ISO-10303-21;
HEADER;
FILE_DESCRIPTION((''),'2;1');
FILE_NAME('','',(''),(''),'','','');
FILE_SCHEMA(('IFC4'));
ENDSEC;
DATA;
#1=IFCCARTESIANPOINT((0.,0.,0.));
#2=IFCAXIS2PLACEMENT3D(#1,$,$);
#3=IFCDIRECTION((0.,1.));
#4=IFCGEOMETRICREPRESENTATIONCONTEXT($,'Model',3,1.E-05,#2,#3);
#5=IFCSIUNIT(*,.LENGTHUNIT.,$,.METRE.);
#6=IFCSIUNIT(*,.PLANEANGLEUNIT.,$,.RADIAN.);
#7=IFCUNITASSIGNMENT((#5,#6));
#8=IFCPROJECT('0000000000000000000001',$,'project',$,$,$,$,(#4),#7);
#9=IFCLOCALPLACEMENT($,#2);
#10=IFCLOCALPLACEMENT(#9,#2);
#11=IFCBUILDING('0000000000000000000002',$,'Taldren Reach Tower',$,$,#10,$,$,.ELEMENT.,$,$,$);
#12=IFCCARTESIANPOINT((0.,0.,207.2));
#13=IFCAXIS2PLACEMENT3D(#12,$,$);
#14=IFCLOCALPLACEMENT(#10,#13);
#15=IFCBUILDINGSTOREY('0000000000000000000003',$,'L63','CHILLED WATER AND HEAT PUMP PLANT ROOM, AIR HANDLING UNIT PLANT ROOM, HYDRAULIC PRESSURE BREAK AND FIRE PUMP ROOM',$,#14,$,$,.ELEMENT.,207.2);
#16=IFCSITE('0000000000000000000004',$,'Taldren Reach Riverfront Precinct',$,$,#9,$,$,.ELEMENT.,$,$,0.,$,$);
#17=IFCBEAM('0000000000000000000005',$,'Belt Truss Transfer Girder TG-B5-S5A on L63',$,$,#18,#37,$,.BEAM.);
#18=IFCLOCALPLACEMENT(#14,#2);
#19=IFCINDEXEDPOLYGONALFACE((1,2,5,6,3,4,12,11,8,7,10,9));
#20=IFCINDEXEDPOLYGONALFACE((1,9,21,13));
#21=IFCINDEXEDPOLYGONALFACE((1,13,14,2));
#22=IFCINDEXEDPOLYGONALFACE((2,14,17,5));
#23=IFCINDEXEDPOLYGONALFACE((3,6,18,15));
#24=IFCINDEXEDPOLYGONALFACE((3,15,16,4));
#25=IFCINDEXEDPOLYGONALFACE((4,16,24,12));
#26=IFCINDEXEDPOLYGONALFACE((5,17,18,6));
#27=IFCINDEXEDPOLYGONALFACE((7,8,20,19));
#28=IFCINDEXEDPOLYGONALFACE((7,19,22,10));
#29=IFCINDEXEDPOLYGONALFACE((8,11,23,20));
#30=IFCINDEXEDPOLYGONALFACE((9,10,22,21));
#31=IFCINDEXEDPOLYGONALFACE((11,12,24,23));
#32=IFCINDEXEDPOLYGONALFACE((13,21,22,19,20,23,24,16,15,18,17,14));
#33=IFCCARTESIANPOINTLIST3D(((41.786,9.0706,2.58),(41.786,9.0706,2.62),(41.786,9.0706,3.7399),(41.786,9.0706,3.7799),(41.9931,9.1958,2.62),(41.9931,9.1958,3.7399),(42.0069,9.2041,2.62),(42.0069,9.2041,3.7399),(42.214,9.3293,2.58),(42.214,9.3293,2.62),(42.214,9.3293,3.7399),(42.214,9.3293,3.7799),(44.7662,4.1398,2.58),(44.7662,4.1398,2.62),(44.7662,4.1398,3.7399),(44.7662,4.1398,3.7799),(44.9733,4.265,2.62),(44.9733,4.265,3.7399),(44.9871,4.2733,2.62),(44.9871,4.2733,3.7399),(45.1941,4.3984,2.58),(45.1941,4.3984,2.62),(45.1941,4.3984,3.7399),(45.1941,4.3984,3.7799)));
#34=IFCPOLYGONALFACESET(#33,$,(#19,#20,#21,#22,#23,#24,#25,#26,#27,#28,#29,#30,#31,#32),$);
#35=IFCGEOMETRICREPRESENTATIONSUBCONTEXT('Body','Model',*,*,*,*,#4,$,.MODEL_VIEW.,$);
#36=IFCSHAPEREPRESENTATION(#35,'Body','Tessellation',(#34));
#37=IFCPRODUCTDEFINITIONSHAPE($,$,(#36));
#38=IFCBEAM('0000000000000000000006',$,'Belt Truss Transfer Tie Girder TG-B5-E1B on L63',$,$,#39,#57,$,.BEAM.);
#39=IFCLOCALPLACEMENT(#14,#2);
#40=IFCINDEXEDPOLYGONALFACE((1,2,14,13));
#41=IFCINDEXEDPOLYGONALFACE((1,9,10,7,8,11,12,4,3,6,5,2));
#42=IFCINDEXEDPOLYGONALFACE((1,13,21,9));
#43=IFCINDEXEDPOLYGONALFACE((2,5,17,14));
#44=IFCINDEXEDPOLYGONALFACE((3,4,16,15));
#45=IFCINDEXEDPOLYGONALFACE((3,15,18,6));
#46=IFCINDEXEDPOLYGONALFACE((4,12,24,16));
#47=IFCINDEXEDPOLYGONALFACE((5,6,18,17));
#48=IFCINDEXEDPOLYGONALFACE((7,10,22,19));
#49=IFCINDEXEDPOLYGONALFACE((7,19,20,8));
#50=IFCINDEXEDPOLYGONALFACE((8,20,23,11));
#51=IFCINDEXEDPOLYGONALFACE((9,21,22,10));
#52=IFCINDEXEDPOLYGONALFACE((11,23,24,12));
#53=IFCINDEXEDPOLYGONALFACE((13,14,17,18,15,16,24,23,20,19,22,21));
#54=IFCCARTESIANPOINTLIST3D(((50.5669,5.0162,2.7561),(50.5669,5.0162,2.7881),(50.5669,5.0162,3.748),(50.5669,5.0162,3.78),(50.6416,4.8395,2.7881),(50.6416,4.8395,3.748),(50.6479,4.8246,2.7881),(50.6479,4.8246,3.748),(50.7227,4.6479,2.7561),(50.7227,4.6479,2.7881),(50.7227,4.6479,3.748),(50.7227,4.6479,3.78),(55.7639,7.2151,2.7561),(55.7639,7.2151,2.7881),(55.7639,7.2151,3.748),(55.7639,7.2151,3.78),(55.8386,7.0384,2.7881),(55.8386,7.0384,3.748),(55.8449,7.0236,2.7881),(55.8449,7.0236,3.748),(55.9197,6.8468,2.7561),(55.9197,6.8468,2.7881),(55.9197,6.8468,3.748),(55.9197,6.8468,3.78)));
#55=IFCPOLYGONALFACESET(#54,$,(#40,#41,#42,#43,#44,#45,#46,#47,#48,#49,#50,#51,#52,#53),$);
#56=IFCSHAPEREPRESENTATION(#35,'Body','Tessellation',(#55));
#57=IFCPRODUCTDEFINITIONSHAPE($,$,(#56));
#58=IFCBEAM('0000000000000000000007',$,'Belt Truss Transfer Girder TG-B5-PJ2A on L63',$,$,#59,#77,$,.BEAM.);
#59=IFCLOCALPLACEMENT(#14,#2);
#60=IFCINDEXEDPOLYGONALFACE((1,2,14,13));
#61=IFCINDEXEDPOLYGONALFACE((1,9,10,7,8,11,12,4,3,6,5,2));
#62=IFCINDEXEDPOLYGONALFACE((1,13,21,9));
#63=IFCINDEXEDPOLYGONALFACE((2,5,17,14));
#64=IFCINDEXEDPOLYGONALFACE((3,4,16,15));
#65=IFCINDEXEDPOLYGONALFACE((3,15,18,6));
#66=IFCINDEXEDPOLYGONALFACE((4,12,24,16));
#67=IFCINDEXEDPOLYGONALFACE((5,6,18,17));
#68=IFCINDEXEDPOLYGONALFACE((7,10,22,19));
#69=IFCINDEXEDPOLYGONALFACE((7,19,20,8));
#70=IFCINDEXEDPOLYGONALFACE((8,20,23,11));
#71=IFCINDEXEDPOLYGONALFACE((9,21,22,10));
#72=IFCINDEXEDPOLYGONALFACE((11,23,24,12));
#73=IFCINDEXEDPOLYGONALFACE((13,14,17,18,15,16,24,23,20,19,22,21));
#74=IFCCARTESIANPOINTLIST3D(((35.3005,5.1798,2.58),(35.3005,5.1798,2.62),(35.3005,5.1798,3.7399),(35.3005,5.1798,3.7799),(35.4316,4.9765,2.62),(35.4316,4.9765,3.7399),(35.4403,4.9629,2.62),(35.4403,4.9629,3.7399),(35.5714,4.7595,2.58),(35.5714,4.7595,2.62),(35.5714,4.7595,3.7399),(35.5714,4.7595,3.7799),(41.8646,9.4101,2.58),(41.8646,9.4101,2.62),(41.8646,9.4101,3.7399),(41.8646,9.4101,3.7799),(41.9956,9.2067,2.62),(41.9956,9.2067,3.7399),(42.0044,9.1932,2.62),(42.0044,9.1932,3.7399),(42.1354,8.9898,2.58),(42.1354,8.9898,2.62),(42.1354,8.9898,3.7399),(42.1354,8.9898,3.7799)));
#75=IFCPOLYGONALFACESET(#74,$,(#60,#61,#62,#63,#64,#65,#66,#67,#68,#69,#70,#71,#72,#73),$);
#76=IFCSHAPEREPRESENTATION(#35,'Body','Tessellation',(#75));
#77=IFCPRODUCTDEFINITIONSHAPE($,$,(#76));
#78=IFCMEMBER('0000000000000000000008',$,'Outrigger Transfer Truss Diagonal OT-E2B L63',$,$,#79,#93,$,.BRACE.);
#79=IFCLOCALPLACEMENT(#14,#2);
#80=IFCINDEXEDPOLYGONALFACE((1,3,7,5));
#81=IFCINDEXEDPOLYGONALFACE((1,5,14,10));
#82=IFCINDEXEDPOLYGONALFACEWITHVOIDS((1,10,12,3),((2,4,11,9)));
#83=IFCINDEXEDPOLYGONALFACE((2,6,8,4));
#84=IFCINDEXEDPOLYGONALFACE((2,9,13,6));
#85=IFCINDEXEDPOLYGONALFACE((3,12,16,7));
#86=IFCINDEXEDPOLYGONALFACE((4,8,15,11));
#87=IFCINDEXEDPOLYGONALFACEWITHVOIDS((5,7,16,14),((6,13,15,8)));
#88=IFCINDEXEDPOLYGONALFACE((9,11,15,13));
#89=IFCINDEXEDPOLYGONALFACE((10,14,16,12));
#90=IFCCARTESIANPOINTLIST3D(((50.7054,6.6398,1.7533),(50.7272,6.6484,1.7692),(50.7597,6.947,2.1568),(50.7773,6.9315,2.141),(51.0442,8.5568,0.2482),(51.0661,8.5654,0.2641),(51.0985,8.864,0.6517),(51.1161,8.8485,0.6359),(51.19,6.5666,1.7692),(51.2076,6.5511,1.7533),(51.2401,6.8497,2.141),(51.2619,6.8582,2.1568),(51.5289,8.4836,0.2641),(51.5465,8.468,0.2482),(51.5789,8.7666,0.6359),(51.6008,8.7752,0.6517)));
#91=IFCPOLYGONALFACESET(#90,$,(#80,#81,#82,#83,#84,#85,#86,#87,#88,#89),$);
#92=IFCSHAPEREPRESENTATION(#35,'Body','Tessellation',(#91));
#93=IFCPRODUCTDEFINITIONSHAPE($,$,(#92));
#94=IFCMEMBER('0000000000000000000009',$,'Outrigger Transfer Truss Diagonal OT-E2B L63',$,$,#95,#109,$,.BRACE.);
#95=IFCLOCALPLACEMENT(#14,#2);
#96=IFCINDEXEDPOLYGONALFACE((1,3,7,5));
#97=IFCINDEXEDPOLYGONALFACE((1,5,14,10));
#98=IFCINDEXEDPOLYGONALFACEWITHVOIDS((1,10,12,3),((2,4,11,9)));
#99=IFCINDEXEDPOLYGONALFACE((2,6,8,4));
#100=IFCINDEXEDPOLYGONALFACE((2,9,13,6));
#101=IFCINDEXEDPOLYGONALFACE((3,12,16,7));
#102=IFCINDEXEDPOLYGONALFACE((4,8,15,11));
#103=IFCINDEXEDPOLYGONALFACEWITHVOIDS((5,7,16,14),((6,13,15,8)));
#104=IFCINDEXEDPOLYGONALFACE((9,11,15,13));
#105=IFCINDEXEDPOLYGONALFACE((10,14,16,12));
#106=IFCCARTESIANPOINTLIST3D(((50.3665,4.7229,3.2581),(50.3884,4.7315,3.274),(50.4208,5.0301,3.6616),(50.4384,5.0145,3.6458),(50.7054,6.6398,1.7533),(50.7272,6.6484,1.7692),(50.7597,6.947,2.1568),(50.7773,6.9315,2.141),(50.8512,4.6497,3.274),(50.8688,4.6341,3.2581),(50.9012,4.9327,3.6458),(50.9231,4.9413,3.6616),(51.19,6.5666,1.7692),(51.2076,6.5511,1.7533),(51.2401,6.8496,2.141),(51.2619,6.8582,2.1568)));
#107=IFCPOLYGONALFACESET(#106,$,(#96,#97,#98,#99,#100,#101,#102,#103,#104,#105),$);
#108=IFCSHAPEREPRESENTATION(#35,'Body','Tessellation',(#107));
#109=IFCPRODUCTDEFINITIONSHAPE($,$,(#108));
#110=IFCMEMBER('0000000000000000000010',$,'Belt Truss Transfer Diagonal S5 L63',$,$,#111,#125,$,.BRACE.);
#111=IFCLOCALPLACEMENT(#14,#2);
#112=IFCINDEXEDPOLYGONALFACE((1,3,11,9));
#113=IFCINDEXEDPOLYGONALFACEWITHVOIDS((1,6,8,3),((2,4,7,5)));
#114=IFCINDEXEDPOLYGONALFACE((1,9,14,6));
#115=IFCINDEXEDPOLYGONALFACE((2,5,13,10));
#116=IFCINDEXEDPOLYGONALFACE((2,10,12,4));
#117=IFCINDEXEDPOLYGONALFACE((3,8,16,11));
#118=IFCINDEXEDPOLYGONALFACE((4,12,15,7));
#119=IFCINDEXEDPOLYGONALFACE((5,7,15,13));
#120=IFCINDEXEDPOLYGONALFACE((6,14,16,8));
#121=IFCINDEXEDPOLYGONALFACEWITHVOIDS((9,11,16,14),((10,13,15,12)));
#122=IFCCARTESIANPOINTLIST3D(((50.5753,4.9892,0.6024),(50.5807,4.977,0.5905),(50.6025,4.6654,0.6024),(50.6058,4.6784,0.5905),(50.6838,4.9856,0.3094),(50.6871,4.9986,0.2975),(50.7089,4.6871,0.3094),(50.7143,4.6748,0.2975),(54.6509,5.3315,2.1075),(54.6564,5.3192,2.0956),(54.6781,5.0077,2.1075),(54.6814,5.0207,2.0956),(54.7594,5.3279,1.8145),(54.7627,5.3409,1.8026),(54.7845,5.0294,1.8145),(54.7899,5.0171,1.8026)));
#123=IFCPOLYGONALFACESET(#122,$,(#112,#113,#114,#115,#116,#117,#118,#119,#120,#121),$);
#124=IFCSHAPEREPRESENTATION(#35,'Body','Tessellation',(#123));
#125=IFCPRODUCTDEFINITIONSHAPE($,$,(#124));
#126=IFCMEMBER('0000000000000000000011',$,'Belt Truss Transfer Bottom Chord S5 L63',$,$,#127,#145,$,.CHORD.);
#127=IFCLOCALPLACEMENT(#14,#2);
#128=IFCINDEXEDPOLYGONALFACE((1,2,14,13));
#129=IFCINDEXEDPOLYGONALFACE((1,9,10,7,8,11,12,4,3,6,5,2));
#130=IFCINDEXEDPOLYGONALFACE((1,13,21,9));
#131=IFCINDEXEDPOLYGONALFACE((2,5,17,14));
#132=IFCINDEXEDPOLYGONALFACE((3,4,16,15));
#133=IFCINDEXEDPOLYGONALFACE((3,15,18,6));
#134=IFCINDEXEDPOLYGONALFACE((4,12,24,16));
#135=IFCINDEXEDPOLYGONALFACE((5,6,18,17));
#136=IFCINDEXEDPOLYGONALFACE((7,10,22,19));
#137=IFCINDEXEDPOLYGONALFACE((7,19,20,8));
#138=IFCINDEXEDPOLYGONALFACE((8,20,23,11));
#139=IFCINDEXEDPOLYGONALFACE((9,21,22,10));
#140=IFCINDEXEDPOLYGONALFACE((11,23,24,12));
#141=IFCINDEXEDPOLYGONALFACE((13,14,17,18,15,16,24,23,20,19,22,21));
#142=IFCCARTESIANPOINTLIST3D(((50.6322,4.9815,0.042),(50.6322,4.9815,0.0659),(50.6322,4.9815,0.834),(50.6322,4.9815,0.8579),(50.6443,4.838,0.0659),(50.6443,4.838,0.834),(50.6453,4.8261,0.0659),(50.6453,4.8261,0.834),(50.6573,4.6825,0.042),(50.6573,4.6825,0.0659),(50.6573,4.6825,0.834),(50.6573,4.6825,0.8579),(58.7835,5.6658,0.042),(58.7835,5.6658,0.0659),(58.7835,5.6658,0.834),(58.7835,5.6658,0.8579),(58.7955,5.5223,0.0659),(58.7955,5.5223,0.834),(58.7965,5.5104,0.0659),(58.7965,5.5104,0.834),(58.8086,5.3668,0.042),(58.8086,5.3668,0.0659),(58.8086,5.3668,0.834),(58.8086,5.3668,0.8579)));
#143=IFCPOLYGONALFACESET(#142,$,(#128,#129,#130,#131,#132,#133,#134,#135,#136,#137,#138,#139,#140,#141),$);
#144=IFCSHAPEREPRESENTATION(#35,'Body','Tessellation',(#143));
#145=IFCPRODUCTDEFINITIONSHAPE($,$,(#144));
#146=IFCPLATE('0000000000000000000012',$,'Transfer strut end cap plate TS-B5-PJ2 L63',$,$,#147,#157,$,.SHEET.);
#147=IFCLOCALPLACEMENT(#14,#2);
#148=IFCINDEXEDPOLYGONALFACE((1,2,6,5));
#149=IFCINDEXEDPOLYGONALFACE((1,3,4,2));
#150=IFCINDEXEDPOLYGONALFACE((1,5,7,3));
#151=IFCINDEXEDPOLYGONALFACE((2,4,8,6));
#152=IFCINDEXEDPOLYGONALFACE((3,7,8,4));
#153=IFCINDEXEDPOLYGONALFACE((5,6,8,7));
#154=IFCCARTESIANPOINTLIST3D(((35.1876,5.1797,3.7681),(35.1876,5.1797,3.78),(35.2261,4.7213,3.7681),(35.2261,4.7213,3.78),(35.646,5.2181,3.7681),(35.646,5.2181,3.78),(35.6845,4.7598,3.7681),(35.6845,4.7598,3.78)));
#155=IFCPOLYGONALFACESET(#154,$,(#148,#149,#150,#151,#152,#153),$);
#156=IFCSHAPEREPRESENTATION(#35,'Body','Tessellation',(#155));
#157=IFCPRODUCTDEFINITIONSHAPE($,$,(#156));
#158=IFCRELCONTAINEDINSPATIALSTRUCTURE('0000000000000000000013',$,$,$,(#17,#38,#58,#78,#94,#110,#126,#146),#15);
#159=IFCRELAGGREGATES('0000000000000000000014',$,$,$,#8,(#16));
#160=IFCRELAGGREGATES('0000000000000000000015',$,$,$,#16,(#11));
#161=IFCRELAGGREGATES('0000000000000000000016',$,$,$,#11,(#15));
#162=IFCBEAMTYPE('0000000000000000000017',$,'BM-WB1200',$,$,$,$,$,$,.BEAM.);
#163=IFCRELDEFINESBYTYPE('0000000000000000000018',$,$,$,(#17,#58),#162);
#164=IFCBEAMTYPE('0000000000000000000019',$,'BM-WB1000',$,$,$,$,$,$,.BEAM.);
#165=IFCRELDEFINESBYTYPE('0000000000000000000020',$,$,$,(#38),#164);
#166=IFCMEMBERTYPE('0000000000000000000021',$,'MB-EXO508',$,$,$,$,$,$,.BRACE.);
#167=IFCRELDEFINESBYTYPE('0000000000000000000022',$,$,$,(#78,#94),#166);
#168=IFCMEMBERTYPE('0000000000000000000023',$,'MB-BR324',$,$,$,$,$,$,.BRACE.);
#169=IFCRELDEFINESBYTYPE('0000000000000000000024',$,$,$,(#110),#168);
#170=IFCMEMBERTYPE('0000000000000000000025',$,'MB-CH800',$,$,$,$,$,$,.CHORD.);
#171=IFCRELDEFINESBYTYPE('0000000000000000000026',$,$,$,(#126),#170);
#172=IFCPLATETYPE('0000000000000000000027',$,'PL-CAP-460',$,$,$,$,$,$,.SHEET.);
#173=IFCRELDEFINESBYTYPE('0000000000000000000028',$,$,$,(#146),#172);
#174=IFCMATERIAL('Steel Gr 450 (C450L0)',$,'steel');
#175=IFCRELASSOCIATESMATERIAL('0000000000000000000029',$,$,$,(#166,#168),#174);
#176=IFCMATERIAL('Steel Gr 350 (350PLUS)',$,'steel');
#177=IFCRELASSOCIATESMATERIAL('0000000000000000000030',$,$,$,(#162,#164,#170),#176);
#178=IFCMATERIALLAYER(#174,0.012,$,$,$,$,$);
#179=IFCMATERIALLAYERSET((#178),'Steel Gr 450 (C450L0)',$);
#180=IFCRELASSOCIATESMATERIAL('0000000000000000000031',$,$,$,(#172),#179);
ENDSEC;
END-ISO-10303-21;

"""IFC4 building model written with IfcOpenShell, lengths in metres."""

from ifc_helpers import new_model, si_unit, direction, frame, origin, origin_2d, place, context, subcontext, project, spatial, rectangle, hollow_rectangle, i_section, extrude, source, transform, mapped, material, layer, layer_set, material_profile, profile_set, type_object, element, save


model = new_model("IFC4")

# Units and contexts
model_context = context("Model", 3, precision=1e-05, world=origin(), true_north=direction((0.0, 1.0)))
body_context = subcontext(model_context, "Body", "Model", "MODEL_VIEW")
ifc_project = project(units=[si_unit("LENGTHUNIT", "METRE"), si_unit("PLANEANGLEUNIT", "RADIAN")], contexts=[model_context])

# Site, building, storey
site_placement = place(None, origin())
site = spatial("IfcSite", under=ifc_project, at=site_placement, Name="Taldren Reach Riverfront Precinct", CompositionType="ELEMENT", RefElevation=0.0)
building_placement = place(site_placement, origin())
building = spatial("IfcBuilding", under=site, at=building_placement, Name="Taldren Reach Tower", CompositionType="ELEMENT")
storey_placement = place(building_placement, frame((0.0, 0.0, 207.2)))
storey = spatial("IfcBuildingStorey", under=building, at=storey_placement, Name="L63", Description="CHILLED WATER AND HEAT PUMP PLANT ROOM, AIR HANDLING UNIT PLANT ROOM, HYDRAULIC PRESSURE BREAK AND FIRE PUMP ROOM", CompositionType="ELEMENT", Elevation=207.2)

# Shared definitions
ifc_material_1 = material(Name="Steel Gr 350 (350PLUS)", Category="steel")

# Shared definitions
ifc_material_2 = material(Name="Steel Gr 450 (C450L0)", Category="steel")
ifc_material_profile_1 = material_profile(ifc_material_2, hollow_rectangle(XDim=0.51, YDim=0.51, WallThickness=0.02, at=origin_2d()), Name="510x510x20.0SHS")
ifc_profile_set_1 = profile_set([ifc_material_profile_1], Name="Steel Gr 450 (C450L0)")
member_type_1 = type_object("IfcMemberType", Name="MB-EXO508", PredefinedType="BRACE", material=ifc_profile_set_1)

# Beams
ifc_material_profile_2 = material_profile(ifc_material_1, i_section(OverallWidth=0.5, OverallDepth=1.2, WebThickness=0.0161, FlangeThickness=0.04, at=origin_2d()), Name="1200WB455")
ifc_profile_set_2 = profile_set([ifc_material_profile_2], Name="Steel Gr 350 (350PLUS)")
beam_type_1 = type_object("IfcBeamType", Name="BM-WB1200", PredefinedType="BEAM", material=ifc_profile_set_2)
shared_shape_1 = source(origin(), body_context, "Body", "SweptSolid", [
    extrude(i_section(OverallWidth=0.5, OverallDepth=1.2, WebThickness=0.0161, FlangeThickness=0.04, at=origin_2d()), origin(), (0.0, 0.0, 1.0), 5.7615),
])
beam_1_placement = place(storey_placement, frame((42.0, 9.2, 3.1799), z_axis=(0.51726, -0.855828, 0.0), x_axis=(0.855828, 0.51726, 0.0)))
element("IfcBeam", 1, at=beam_1_placement, inside=storey, type_object=beam_type_1, Name="Belt Truss Transfer Girder TG-B5-S5A on L63", PredefinedType="BEAM", context=body_context, shape_type="MappedRepresentation", body=[
    mapped(shared_shape_1, transform((0.0, 0.0, 0.0), scale=1.0)),
])
ifc_material_profile_3 = material_profile(ifc_material_1, i_section(OverallWidth=0.3999, OverallDepth=1.0239, WebThickness=0.0161, FlangeThickness=0.032, at=origin_2d()), Name="1000WB322")
ifc_profile_set_3 = profile_set([ifc_material_profile_3], Name="Steel Gr 350 (350PLUS)")
beam_type_2 = type_object("IfcBeamType", Name="BM-WB1000", PredefinedType="BEAM", material=ifc_profile_set_3)
shared_shape_2 = source(origin(), body_context, "Body", "SweptSolid", [
    extrude(i_section(OverallWidth=0.3999, OverallDepth=1.0239, WebThickness=0.0161, FlangeThickness=0.032, at=origin_2d()), origin(), (0.0, 0.0, 1.0), 5.6431),
])
beam_2_placement = place(storey_placement, frame((50.6448, 4.832, 3.2681), z_axis=(0.920952, 0.389675, 0.0), x_axis=(-0.389675, 0.920952, 0.0)))
element("IfcBeam", 2, at=beam_2_placement, inside=storey, type_object=beam_type_2, Name="Belt Truss Transfer Tie Girder TG-B5-E1B on L63", PredefinedType="BEAM", context=body_context, shape_type="MappedRepresentation", body=[
    mapped(shared_shape_2, transform((0.0, 0.0, 0.0), scale=1.0)),
])
shared_shape_3 = source(origin(), body_context, "Body", "SweptSolid", [
    extrude(i_section(OverallWidth=0.5, OverallDepth=1.2, WebThickness=0.0161, FlangeThickness=0.04, at=origin_2d()), origin(), (0.0, 0.0, 1.0), 7.8091),
])
beam_3_placement = place(storey_placement, frame((42.0, 9.2, 3.1799), z_axis=(-0.840564, -0.541712, 0.0), x_axis=(0.541712, -0.840564, 0.0)))
element("IfcBeam", 3, at=beam_3_placement, inside=storey, type_object=beam_type_1, Name="Belt Truss Transfer Girder TG-B5-PJ2A on L63", PredefinedType="BEAM", context=body_context, shape_type="MappedRepresentation", body=[
    mapped(shared_shape_3, transform((0.0, 0.0, 0.0), scale=1.0)),
])

# Members
shared_shape_4 = source(origin(), body_context, "Body", "SweptSolid", [
    extrude(hollow_rectangle(XDim=0.51, YDim=0.51, WallThickness=0.02, at=origin_2d()), origin(), (0.0, 0.0, 1.0), 2.4607),
])
member_1_placement = place(storey_placement, frame((51.3225, 8.666, 0.45), z_axis=(-0.137711, -0.77904, 0.611664), x_axis=(0.984733, -0.174072, 0.0)))
element("IfcMember", 4, at=member_1_placement, inside=storey, type_object=member_type_1, Name="Outrigger Transfer Truss Diagonal OT-E2B L63", PredefinedType="BRACE", context=body_context, shape_type="MappedRepresentation", body=[
    mapped(shared_shape_4, transform((0.0, 0.0, 0.0), scale=1.0)),
])
shared_shape_5 = source(origin(), body_context, "Body", "SweptSolid", [
    extrude(hollow_rectangle(XDim=0.51, YDim=0.51, WallThickness=0.02, at=origin_2d()), origin(), (0.0, 0.0, 1.0), 2.4604),
])
member_2_placement = place(storey_placement, frame((50.9836, 6.749, 1.9551), z_axis=(-0.137719, -0.779087, 0.611601), x_axis=(0.984733, -0.174072, 0.0)))
element("IfcMember", 5, at=member_2_placement, inside=storey, type_object=member_type_1, Name="Outrigger Transfer Truss Diagonal OT-E2B L63", PredefinedType="BRACE", context=body_context, shape_type="MappedRepresentation", body=[
    mapped(shared_shape_5, transform((0.0, 0.0, 0.0), scale=1.0)),
])
ifc_material_profile_4 = material_profile(ifc_material_2, hollow_rectangle(XDim=0.325, YDim=0.325, WallThickness=0.0127, at=origin_2d()), Name="325x325x12.7SHS")
ifc_profile_set_4 = profile_set([ifc_material_profile_4], Name="Steel Gr 450 (C450L0)")
member_type_2 = type_object("IfcMemberType", Name="MB-BR324", PredefinedType="BRACE", material=ifc_profile_set_4)
shared_shape_6 = source(origin(), body_context, "Body", "SweptSolid", [
    extrude(hollow_rectangle(XDim=0.325, YDim=0.325, WallThickness=0.0127, at=origin_2d()), origin(), (0.0, 0.0, 1.0), 4.3582),
])
member_3_placement = place(storey_placement, frame((50.6448, 4.832, 0.45), z_axis=(0.935179, 0.078538, 0.345356), x_axis=(-0.083688, 0.996492, 0.0)))
element("IfcMember", 6, at=member_3_placement, inside=storey, type_object=member_type_2, Name="Belt Truss Transfer Diagonal S5 L63", PredefinedType="BRACE", context=body_context, shape_type="MappedRepresentation", body=[
    mapped(shared_shape_6, transform((0.0, 0.0, 0.0), scale=1.0)),
])
ifc_material_profile_5 = material_profile(ifc_material_1, i_section(OverallWidth=0.3, OverallDepth=0.8159, WebThickness=0.012, FlangeThickness=0.0239, at=origin_2d()), Name="800WB192")
ifc_profile_set_5 = profile_set([ifc_material_profile_5], Name="Steel Gr 350 (350PLUS)")
member_type_3 = type_object("IfcMemberType", Name="MB-CH800", PredefinedType="CHORD", material=ifc_profile_set_5)
shared_shape_7 = source(origin(), body_context, "Body", "SweptSolid", [
    extrude(i_section(OverallWidth=0.3, OverallDepth=0.8159, WebThickness=0.012, FlangeThickness=0.0239, at=origin_2d()), origin(), (0.0, 0.0, 1.0), 8.1799),
])
member_4_placement = place(storey_placement, frame((50.6448, 4.832, 0.45), z_axis=(0.996495, 0.083658, 0.0), x_axis=(-0.083658, 0.996495, 0.0)))
element("IfcMember", 7, at=member_4_placement, inside=storey, type_object=member_type_3, Name="Belt Truss Transfer Bottom Chord S5 L63", PredefinedType="CHORD", context=body_context, shape_type="MappedRepresentation", body=[
    mapped(shared_shape_7, transform((0.0, 0.0, 0.0), scale=1.0)),
])

# Plate
ifc_layer_1 = layer(ifc_material_2, 0.012)
ifc_layer_set_1 = layer_set([ifc_layer_1], Name="Steel Gr 450 (C450L0)")
plate_type = type_object("IfcPlateType", Name="PL-CAP-460", PredefinedType="SHEET", material=ifc_layer_set_1)
shared_shape_8 = source(origin(), body_context, "Body", "SweptSolid", [
    extrude(rectangle(XDim=0.46, YDim=0.46, at=origin_2d()), origin(), (0.0, 0.0, 1.0), 0.012),
])
plate_placement = place(storey_placement, frame((35.436, 4.9697, 3.7681), z_axis=(0.0, 0.0, 1.0), x_axis=(0.996493, 0.083678, 0.0)))
element("IfcPlate", 8, at=plate_placement, inside=storey, type_object=plate_type, Name="Transfer strut end cap plate TS-B5-PJ2 L63", PredefinedType="SHEET", context=body_context, shape_type="MappedRepresentation", body=[
    mapped(shared_shape_8, transform((0.0, 0.0, 0.0), scale=1.0)),
])

save(model, "model.ifc")
